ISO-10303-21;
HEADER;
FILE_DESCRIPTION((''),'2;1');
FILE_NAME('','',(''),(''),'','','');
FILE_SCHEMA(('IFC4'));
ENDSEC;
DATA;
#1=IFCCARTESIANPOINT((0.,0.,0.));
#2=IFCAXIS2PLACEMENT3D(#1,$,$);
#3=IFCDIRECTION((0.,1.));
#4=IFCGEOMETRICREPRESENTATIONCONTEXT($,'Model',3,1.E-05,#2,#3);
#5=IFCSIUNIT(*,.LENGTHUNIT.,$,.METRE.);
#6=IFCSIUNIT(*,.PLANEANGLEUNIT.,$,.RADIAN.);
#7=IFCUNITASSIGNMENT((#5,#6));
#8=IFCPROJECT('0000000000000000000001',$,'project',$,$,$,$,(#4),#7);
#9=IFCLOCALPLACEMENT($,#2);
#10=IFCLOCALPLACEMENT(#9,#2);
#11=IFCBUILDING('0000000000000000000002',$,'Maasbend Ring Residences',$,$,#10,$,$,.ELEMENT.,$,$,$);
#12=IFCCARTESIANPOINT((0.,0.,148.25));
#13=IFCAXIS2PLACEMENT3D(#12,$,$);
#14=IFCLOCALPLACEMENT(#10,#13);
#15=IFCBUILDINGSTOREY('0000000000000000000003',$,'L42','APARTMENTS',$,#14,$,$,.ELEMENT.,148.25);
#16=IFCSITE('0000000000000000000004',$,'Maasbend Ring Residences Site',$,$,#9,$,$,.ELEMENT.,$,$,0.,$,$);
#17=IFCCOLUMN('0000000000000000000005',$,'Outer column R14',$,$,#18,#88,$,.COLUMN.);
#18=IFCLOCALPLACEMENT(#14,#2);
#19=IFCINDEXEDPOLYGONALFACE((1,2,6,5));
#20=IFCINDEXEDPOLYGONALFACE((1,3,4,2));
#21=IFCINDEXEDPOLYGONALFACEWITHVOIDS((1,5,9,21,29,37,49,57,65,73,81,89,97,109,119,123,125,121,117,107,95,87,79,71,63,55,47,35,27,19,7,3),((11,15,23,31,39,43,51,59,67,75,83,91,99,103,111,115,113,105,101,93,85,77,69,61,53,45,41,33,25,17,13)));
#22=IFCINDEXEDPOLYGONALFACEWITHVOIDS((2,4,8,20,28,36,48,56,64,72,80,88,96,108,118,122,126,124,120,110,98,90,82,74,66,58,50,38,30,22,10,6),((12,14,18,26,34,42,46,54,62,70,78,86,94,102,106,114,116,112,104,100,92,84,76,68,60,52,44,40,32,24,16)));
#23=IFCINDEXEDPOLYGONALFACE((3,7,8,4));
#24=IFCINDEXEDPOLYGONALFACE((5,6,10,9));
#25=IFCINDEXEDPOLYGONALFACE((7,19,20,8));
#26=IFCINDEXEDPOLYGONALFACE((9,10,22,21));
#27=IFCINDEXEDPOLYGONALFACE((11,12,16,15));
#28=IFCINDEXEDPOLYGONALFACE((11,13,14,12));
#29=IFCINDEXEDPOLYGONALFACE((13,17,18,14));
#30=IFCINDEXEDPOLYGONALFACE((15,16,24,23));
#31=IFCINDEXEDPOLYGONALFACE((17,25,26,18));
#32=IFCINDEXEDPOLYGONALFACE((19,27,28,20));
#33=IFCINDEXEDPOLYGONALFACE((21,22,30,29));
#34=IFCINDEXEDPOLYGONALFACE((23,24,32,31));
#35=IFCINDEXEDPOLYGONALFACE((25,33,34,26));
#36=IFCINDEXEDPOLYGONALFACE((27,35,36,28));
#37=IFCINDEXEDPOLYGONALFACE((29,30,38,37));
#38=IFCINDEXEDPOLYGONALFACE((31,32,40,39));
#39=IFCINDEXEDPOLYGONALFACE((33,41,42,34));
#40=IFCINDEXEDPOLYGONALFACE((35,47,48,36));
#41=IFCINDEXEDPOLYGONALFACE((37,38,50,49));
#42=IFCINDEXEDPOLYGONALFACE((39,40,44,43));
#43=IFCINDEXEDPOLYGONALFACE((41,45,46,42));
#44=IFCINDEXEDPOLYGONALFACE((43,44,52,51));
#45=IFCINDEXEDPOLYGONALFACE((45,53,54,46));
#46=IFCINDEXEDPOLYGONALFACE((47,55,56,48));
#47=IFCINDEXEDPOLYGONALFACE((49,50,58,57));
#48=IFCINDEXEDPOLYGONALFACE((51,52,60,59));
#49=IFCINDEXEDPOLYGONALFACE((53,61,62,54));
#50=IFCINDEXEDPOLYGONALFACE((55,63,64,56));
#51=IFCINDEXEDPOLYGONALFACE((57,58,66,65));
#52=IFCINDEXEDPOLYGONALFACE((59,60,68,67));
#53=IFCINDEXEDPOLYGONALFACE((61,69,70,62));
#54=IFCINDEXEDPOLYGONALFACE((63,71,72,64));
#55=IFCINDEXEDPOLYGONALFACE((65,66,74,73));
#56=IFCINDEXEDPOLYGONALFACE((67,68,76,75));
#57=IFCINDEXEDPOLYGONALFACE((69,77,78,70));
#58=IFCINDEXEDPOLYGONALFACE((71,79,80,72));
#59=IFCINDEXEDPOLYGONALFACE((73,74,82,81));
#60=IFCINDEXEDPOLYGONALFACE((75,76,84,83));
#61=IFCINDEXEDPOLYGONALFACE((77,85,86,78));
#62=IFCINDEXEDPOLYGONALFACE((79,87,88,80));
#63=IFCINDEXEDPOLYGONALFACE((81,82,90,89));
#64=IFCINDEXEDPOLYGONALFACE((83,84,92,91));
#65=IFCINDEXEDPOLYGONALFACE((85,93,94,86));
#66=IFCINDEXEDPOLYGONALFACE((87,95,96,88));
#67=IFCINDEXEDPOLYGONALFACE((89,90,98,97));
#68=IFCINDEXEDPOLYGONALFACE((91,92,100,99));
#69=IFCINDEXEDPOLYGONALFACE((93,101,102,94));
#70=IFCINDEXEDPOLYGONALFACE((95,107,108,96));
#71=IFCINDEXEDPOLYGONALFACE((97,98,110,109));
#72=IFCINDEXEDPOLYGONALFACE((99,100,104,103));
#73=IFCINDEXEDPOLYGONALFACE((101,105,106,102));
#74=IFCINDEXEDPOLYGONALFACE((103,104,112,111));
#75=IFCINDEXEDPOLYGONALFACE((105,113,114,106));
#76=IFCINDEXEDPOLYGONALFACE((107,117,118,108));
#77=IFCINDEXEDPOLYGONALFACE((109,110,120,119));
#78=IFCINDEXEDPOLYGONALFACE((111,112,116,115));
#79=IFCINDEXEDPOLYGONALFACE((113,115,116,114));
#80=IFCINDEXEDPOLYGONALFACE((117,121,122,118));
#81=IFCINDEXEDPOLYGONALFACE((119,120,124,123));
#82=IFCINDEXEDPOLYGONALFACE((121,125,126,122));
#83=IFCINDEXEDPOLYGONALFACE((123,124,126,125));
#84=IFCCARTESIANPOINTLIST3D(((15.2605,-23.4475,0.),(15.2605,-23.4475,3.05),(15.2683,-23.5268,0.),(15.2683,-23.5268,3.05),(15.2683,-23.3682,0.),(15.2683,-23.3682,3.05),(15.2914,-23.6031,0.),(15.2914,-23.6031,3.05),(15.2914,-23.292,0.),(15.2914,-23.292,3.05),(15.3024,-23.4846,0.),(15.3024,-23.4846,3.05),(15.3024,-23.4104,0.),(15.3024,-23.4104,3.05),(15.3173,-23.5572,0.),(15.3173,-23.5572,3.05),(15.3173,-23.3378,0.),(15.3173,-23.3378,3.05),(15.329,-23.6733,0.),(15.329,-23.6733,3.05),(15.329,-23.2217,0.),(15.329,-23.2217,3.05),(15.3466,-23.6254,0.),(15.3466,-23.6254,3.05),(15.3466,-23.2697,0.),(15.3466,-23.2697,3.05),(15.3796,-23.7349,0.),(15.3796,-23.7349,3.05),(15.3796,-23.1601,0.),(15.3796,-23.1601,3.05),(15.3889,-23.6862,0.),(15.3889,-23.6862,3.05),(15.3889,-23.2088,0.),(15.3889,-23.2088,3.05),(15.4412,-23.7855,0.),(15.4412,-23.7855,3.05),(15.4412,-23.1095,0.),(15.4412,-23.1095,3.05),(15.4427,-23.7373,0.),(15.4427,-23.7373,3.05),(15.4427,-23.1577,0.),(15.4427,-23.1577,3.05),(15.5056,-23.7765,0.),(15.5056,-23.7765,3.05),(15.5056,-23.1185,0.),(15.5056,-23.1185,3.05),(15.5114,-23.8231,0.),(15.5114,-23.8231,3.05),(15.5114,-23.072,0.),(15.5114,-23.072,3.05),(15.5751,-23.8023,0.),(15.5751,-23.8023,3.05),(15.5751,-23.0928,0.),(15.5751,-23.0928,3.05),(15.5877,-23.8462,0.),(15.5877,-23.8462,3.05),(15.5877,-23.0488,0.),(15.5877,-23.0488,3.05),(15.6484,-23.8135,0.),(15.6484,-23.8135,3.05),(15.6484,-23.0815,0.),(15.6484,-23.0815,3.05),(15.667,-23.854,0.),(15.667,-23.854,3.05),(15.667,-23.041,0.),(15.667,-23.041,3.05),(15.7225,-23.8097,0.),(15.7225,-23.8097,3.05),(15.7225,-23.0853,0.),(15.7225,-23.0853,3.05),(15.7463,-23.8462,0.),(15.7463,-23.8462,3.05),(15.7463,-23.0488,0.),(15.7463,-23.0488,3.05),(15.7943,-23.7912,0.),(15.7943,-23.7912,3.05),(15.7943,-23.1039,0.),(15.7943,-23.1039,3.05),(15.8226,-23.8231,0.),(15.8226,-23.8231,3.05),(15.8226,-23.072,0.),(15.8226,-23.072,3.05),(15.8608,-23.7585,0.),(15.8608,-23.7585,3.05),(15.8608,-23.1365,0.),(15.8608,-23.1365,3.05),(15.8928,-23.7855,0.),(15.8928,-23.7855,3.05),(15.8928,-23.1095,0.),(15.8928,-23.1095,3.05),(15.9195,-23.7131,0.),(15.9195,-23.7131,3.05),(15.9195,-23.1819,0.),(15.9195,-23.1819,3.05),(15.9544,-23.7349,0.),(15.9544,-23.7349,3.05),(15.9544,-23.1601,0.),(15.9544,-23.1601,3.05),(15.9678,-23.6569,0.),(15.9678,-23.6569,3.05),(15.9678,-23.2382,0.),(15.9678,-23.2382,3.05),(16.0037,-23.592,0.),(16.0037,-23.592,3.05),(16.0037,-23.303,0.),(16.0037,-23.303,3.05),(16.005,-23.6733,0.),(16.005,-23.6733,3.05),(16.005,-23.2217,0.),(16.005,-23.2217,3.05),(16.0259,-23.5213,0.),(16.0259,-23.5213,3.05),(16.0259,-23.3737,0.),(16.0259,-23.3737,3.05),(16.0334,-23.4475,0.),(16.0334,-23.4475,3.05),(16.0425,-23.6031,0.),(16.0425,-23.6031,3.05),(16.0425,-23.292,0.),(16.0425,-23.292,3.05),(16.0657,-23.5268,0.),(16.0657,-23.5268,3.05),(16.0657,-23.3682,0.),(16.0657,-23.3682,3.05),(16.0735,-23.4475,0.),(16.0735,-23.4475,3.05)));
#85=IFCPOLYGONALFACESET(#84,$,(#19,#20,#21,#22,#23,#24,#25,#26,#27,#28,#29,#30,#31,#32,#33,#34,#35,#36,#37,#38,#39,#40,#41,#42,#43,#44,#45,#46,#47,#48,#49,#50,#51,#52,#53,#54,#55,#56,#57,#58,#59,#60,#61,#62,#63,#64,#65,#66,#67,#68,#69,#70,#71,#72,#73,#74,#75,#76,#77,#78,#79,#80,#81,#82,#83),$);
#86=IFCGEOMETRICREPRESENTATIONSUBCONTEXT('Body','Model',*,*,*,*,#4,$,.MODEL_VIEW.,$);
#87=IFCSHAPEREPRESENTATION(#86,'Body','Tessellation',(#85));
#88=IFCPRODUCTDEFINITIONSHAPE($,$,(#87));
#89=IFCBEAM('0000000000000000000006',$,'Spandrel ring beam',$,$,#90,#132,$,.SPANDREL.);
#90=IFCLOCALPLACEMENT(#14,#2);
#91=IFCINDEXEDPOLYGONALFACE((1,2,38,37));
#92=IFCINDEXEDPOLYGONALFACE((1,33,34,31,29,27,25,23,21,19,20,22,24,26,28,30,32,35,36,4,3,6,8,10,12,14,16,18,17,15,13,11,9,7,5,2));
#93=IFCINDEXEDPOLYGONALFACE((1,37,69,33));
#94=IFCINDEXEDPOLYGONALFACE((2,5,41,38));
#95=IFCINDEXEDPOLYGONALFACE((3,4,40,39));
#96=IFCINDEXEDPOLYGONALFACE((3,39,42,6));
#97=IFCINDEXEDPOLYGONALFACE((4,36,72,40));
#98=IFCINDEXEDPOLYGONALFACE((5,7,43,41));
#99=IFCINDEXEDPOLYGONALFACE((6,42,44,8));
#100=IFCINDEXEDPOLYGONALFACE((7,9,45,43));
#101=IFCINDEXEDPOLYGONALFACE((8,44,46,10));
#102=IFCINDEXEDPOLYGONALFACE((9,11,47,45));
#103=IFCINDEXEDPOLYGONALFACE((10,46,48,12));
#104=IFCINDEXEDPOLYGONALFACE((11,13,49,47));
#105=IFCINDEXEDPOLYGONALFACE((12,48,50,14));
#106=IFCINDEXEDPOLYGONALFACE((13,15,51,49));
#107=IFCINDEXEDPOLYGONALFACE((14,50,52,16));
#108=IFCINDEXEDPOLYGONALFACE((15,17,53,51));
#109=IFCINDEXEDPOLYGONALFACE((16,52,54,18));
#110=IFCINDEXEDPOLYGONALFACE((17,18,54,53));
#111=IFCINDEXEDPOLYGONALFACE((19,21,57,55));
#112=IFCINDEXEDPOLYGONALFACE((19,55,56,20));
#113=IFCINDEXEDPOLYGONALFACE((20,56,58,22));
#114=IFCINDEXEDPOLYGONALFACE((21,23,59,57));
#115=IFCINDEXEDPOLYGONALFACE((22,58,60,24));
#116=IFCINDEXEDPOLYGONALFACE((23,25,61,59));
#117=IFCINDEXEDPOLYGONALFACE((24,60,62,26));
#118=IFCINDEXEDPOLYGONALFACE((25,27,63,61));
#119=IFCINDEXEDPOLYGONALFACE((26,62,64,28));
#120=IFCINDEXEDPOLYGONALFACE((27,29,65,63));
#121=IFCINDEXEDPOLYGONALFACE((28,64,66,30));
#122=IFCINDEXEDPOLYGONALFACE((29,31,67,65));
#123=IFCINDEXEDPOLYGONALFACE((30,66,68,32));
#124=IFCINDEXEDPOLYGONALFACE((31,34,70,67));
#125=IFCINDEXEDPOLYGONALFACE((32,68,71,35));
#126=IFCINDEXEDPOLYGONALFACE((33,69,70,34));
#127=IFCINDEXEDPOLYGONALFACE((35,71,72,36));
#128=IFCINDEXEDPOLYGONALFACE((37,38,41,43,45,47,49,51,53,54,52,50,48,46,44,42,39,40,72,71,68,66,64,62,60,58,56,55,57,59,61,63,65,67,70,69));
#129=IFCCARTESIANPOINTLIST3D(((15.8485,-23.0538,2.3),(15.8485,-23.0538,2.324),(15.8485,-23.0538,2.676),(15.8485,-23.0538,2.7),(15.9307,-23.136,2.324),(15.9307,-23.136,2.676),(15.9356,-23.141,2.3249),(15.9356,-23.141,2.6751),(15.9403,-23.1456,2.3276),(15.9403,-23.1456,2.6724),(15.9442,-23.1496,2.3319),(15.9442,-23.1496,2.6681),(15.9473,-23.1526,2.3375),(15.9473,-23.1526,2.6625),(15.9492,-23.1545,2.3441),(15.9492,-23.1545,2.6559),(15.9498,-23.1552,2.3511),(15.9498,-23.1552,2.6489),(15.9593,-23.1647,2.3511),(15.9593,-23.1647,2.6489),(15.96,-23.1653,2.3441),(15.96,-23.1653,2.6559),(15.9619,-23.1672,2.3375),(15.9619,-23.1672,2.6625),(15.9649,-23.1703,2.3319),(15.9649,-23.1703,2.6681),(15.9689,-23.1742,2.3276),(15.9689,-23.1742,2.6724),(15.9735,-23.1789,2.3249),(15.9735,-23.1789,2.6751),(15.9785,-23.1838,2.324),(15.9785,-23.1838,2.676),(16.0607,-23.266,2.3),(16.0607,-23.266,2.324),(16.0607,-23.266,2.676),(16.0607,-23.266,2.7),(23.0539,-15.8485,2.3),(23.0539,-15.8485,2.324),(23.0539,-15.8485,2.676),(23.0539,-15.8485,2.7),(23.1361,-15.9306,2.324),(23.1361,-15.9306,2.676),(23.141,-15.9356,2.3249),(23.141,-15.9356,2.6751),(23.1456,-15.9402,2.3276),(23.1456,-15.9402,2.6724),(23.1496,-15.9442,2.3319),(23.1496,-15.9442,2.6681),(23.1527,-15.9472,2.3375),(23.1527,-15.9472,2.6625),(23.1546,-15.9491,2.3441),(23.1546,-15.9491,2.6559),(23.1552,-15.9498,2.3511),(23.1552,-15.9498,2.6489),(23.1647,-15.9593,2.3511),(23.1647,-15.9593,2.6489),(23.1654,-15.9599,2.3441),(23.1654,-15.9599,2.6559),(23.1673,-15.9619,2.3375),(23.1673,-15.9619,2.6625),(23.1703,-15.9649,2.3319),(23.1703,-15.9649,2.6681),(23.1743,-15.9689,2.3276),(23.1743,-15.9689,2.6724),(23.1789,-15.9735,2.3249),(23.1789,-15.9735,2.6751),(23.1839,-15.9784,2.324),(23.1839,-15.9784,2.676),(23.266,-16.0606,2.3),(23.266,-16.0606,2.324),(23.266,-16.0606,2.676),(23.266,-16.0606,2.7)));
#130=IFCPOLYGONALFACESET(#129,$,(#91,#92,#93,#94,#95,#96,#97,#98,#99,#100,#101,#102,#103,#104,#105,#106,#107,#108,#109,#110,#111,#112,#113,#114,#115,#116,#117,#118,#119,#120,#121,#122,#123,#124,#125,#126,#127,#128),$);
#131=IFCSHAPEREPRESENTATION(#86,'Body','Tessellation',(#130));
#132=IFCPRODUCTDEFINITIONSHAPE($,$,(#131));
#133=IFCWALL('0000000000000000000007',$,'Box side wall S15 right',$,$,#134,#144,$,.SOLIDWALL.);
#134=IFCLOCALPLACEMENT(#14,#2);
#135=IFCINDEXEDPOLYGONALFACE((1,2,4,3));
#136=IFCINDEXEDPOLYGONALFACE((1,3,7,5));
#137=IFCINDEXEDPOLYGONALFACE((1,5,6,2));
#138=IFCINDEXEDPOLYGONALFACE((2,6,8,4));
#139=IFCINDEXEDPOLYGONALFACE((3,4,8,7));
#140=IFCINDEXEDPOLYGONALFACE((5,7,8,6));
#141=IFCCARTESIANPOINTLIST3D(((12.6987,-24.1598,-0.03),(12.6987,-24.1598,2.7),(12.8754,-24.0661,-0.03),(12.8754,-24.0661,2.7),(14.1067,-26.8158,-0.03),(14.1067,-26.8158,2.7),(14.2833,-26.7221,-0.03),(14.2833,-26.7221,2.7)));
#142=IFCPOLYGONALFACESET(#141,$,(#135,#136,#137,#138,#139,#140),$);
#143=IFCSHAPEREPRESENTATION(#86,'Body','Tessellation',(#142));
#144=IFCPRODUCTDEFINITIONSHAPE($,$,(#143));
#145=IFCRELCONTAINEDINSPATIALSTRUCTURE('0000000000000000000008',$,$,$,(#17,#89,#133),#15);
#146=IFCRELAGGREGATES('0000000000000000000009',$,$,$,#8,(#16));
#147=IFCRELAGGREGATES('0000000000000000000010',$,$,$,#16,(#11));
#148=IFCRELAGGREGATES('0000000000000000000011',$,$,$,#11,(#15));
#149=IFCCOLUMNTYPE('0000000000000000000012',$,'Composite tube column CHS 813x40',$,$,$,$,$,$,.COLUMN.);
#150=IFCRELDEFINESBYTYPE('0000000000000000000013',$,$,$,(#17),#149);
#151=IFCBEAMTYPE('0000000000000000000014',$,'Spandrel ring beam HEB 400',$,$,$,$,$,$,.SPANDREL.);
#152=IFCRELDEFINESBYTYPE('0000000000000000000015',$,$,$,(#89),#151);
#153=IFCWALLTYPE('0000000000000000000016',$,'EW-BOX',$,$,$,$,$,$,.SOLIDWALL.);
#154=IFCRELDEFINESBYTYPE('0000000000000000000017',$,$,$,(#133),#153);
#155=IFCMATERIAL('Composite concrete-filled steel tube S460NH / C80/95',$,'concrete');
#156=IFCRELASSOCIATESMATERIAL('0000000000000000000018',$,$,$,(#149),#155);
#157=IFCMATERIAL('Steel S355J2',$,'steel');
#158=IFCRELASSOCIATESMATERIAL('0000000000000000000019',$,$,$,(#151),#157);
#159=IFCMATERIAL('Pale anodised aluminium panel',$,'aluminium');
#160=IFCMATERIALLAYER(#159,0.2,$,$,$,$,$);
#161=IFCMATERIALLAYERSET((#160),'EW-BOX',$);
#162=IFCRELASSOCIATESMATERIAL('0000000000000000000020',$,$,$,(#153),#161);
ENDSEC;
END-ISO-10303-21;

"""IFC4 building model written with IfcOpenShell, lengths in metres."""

from ifc_helpers import new_model, si_unit, direction, frame, frame_2d, origin, origin_2d, place, context, subcontext, project, spatial, rectangle, hollow_circle, i_section, extrude, material, layer, layer_set, material_profile, profile_set, type_object, element, save


model = new_model("IFC4")

# Units and contexts
model_context = context("Model", 3, precision=1e-05, world=origin(), true_north=direction((0.0, 1.0)))
body_context = subcontext(model_context, "Body", "Model", "MODEL_VIEW")
ifc_project = project(units=[si_unit("LENGTHUNIT", "METRE"), si_unit("PLANEANGLEUNIT", "RADIAN")], contexts=[model_context])

# Site, building, storey
site_placement = place(None, origin())
site = spatial("IfcSite", under=ifc_project, at=site_placement, Name="Maasbend Ring Residences Site", CompositionType="ELEMENT", RefElevation=0.0)
building_placement = place(site_placement, origin())
building = spatial("IfcBuilding", under=site, at=building_placement, Name="Maasbend Ring Residences", CompositionType="ELEMENT")
storey_placement = place(building_placement, frame((0.0, 0.0, 148.25)))
storey = spatial("IfcBuildingStorey", under=building, at=storey_placement, Name="L42", Description="APARTMENTS", CompositionType="ELEMENT", Elevation=148.25)

# Column
ifc_material_1 = material(Name="Composite concrete-filled steel tube S460NH / C80/95", Category="concrete")
ifc_material_profile_1 = material_profile(ifc_material_1, hollow_circle(Radius=0.4065, WallThickness=0.04, at=origin_2d()), Name="Composite tube column CHS 813x40")
ifc_profile_set_1 = profile_set([ifc_material_profile_1], Name="Composite concrete-filled steel tube S460NH / C80/95")
column_type = type_object("IfcColumnType", Name="Composite tube column CHS 813x40", PredefinedType="COLUMN", material=ifc_profile_set_1)
column_placement = place(storey_placement, frame((15.667, -23.4475, 0.0), z_axis=(0.0, 0.0, 1.0), x_axis=(1.0, 0.0, 0.0)))
element("IfcColumn", 1, at=column_placement, inside=storey, type_object=column_type, Name="Outer column R14", PredefinedType="COLUMN", context=body_context, shape_type="SweptSolid", body=[
    extrude(hollow_circle(Radius=0.4065, WallThickness=0.04, at=origin_2d()), origin(), (0.0, 0.0, 1.0), 3.05),
])

# Beam
ifc_material_2 = material(Name="Steel S355J2", Category="steel")
ifc_material_profile_2 = material_profile(ifc_material_2, i_section(OverallWidth=0.3, OverallDepth=0.3999, WebThickness=0.0134, FlangeThickness=0.0239, FilletRadius=0.0271, at=origin_2d()), Name="HEB 400")
ifc_profile_set_2 = profile_set([ifc_material_profile_2], Name="Steel S355J2")
beam_type = type_object("IfcBeamType", Name="Spandrel ring beam HEB 400", PredefinedType="SPANDREL", material=ifc_profile_set_2)
beam_placement = place(storey_placement, frame((15.9546, -23.1599, 2.5), z_axis=(0.707107, 0.707107, 0.0), x_axis=(-0.707107, 0.707107, 0.0)))
element("IfcBeam", 2, at=beam_placement, inside=storey, type_object=beam_type, Name="Spandrel ring beam", PredefinedType="SPANDREL", context=body_context, shape_type="SweptSolid", body=[
    extrude(i_section(OverallWidth=0.3, OverallDepth=0.3999, WebThickness=0.0134, FlangeThickness=0.0239, FilletRadius=0.0271, at=origin_2d()), origin(), (0.0, 0.0, 1.0), 10.1899),
])

# Wall
ifc_material_3 = material(Name="Pale anodised aluminium panel", Category="aluminium")
ifc_layer_1 = layer(ifc_material_3, 0.2)
ifc_layer_set_1 = layer_set([ifc_layer_1], Name="EW-BOX")
wall_type_1 = type_object("IfcWallType", Name="EW-BOX", PredefinedType="SOLIDWALL", material=ifc_layer_set_1)
wall_1_placement = place(storey_placement, frame((12.7871, -24.113, -0.03), z_axis=(0.0, 0.0, 1.0), x_axis=(0.468365, -0.883535, 0.0)))
element("IfcWall", 3, at=wall_1_placement, inside=storey, type_object=wall_type_1, Name="Box side wall S15 right", PredefinedType="SOLIDWALL", context=body_context, shape_type="SweptSolid", body=[
    extrude(rectangle(XDim=3.0061, YDim=0.2, at=frame_2d((1.5029, 0.0))), origin(), (0.0, 0.0, 1.0), 2.73),
])

save(model, "model.ifc")
